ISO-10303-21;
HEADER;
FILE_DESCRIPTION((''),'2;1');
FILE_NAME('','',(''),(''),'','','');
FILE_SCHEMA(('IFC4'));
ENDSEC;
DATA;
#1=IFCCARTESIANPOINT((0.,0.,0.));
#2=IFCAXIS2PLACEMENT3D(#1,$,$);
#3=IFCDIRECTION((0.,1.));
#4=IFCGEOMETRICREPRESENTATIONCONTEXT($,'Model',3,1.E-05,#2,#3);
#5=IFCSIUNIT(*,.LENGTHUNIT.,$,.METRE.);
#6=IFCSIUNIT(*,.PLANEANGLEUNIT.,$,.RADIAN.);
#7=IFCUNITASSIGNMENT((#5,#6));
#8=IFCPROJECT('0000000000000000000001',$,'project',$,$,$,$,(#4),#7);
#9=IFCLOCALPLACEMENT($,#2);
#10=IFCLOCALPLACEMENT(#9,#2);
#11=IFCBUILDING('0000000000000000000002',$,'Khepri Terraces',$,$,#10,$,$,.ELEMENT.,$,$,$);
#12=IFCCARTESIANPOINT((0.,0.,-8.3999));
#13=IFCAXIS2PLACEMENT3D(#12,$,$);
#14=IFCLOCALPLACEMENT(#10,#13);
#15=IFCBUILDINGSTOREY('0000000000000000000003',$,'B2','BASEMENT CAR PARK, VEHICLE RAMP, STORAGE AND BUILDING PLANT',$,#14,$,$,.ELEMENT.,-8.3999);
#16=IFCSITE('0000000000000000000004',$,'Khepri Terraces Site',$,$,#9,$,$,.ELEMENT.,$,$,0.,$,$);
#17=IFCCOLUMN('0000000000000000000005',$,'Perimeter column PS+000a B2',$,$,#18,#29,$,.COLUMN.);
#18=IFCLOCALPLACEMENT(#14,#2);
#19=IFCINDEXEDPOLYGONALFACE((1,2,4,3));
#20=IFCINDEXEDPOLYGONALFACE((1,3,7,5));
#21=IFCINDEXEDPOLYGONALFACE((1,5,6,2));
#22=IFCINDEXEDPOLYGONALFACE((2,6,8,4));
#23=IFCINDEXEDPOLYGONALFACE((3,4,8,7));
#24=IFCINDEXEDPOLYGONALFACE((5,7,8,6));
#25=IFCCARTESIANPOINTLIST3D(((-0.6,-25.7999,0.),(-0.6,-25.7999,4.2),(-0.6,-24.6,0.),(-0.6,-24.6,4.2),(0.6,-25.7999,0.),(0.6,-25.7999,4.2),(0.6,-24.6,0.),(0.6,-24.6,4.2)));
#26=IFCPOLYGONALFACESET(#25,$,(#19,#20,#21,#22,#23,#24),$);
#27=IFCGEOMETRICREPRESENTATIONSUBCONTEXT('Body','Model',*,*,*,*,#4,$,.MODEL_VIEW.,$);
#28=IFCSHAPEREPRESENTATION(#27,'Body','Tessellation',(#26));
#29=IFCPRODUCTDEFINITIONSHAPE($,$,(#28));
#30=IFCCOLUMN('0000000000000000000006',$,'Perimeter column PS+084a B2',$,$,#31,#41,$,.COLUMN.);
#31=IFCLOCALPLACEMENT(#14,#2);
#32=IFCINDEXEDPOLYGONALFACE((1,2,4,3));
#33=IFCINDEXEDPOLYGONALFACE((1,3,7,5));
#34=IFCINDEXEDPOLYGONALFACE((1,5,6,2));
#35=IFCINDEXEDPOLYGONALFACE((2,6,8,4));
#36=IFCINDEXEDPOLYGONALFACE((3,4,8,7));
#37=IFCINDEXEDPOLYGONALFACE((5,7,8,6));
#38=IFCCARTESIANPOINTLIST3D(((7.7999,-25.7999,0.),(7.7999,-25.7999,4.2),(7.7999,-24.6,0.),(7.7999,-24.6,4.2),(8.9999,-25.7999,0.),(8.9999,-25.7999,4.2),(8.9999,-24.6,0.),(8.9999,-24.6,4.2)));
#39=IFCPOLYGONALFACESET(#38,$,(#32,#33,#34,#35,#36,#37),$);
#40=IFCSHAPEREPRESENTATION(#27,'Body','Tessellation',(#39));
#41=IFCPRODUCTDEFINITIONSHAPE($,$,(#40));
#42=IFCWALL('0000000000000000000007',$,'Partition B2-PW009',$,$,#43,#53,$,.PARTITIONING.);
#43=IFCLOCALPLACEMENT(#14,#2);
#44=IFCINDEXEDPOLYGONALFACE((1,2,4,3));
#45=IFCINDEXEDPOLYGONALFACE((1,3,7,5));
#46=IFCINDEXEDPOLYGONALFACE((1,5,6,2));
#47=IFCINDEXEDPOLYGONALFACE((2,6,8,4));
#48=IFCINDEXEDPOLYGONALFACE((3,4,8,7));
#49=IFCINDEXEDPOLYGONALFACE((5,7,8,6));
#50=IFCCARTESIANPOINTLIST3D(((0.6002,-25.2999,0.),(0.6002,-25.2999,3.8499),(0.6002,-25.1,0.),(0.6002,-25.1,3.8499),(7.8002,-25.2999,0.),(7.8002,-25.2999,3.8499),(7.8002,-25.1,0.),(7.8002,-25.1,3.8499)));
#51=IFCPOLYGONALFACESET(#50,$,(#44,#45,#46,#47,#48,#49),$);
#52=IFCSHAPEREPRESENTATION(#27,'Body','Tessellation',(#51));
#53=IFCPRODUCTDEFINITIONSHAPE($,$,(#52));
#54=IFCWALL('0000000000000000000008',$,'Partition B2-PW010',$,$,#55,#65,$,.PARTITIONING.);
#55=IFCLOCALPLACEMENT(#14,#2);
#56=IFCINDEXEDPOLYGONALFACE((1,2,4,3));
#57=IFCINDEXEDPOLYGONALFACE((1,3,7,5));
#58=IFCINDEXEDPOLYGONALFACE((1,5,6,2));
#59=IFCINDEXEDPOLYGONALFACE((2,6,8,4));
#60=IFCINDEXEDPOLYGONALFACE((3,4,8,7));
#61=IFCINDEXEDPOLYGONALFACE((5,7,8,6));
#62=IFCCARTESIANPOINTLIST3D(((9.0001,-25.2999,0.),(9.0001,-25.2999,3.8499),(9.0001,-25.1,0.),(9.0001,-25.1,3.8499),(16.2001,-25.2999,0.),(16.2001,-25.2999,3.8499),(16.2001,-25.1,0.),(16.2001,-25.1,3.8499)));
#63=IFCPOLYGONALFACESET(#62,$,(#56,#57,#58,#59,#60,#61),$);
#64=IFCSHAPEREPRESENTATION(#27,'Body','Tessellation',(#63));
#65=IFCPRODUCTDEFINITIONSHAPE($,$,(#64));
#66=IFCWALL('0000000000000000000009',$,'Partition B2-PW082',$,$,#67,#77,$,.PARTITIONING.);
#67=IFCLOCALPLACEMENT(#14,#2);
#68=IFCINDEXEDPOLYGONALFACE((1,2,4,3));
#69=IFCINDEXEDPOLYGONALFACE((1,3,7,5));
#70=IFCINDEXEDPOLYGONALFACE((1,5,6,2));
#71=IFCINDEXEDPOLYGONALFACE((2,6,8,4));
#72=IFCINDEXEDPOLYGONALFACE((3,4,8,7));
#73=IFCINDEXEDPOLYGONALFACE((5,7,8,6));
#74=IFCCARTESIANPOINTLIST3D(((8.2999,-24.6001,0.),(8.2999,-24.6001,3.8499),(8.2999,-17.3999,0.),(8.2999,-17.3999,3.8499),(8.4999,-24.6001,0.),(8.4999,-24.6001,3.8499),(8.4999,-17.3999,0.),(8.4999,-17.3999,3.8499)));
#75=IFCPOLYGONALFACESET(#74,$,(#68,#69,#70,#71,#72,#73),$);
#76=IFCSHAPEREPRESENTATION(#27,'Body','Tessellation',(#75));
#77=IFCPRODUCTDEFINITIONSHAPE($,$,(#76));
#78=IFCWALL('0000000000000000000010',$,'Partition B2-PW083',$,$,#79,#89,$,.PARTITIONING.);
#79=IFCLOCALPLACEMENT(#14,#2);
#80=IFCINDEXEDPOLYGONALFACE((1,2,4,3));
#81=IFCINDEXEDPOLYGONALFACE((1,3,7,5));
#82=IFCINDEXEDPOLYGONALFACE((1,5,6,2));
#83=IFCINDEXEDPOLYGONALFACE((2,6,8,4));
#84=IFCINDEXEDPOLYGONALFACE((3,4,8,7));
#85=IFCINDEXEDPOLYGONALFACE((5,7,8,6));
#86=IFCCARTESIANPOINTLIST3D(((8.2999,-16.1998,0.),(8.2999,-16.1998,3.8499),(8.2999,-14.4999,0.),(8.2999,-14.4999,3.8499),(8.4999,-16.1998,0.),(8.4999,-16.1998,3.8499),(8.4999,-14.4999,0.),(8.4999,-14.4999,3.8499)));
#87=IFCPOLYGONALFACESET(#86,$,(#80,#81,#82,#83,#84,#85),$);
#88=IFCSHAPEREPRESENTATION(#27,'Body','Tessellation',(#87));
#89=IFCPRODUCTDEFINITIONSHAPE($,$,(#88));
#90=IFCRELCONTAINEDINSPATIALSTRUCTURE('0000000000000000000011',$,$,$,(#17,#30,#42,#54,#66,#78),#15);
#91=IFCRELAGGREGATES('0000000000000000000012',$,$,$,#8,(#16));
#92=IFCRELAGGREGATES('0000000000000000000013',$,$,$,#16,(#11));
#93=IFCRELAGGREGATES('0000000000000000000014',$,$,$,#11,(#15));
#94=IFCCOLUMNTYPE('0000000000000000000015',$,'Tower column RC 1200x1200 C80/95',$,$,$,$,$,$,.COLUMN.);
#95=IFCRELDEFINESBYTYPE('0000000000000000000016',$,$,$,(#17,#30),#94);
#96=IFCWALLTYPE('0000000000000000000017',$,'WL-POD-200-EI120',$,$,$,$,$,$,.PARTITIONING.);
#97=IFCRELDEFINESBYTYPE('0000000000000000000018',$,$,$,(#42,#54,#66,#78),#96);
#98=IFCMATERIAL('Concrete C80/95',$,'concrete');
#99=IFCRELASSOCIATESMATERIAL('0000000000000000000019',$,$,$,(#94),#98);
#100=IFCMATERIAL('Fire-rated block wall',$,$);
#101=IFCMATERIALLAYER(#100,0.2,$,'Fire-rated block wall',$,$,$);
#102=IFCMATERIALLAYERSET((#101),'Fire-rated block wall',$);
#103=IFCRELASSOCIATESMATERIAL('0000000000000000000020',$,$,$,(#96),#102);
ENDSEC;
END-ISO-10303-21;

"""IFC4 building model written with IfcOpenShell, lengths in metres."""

from ifc_helpers import new_model, si_unit, direction, frame, frame_2d, origin, origin_2d, place, context, subcontext, project, spatial, rectangle, extrude, material, layer, layer_set, material_profile, profile_set, type_object, element, save


model = new_model("IFC4")

# Units and contexts
model_context = context("Model", 3, precision=1e-05, world=origin(), true_north=direction((0.0, 1.0)))
body_context = subcontext(model_context, "Body", "Model", "MODEL_VIEW")
ifc_project = project(units=[si_unit("LENGTHUNIT", "METRE"), si_unit("PLANEANGLEUNIT", "RADIAN")], contexts=[model_context])

# Site, building, storey
site_placement = place(None, origin())
site = spatial("IfcSite", under=ifc_project, at=site_placement, Name="Khepri Terraces Site", CompositionType="ELEMENT", RefElevation=0.0)
building_placement = place(site_placement, origin())
building = spatial("IfcBuilding", under=site, at=building_placement, Name="Khepri Terraces", CompositionType="ELEMENT")
storey_placement = place(building_placement, frame((0.0, 0.0, -8.3999)))
storey = spatial("IfcBuildingStorey", under=building, at=storey_placement, Name="B2", Description="BASEMENT CAR PARK, VEHICLE RAMP, STORAGE AND BUILDING PLANT", CompositionType="ELEMENT", Elevation=-8.3999)

# Columns
ifc_material_1 = material(Name="Concrete C80/95", Category="concrete")
ifc_material_profile_1 = material_profile(ifc_material_1, rectangle(XDim=1.2, YDim=1.2, at=origin_2d()), Name="Concrete C80/95", Category="concrete")
ifc_profile_set_1 = profile_set([ifc_material_profile_1], Name="Concrete C80/95")
column_type_1 = type_object("IfcColumnType", Name="Tower column RC 1200x1200 C80/95", PredefinedType="COLUMN", material=ifc_profile_set_1)
for number, where, z_axis, x_axis, name in (
    (1, (0.0, -25.2, 0.0), (0.0, 0.0, 1.0), (1.0, 0.0, 0.0), "Perimeter column PS+000a B2"),
    (2, (8.3999, -25.2, 0.0), (0.0, 0.0, 1.0), (1.0, 0.0, 0.0), "Perimeter column PS+084a B2"),
):
    element("IfcColumn", number, at=place(storey_placement, frame(where, z_axis=z_axis, x_axis=x_axis)), inside=storey, type_object=column_type_1, Name=name, PredefinedType="COLUMN", context=body_context, shape_type="SweptSolid", body=[
        extrude(rectangle(XDim=1.2, YDim=1.2, at=origin_2d()), origin(), (0.0, 0.0, 1.0), 4.2),
    ])

# Walls
ifc_material_2 = material(Name="Fire-rated block wall")
ifc_layer = layer(ifc_material_2, 0.2, Name="Fire-rated block wall")
ifc_layer_set = layer_set([ifc_layer], Name="Fire-rated block wall")
wall_type = type_object("IfcWallType", Name="WL-POD-200-EI120", PredefinedType="PARTITIONING", material=ifc_layer_set)
for number, where, z_axis, x_axis, name in (
    (3, (0.6001, -25.2, 0.0), (0.0, 0.0, 1.0), (1.0, 0.0, 0.0), "Partition B2-PW009"),
    (4, (9.0, -25.2, 0.0), (0.0, 0.0, 1.0), (1.0, 0.0, 0.0), "Partition B2-PW010"),
):
    element("IfcWall", number, at=place(storey_placement, frame(where, z_axis=z_axis, x_axis=x_axis)), inside=storey, type_object=wall_type, Name=name, PredefinedType="PARTITIONING", context=body_context, shape_type="SweptSolid", body=[
        extrude(rectangle(XDim=7.2, YDim=0.2, at=frame_2d((3.6001, 0.0))), origin(), (0.0, 0.0, 1.0), 3.8499),
    ])
wall_1_placement = place(storey_placement, frame((8.3999, -24.6001, 0.0), z_axis=(0.0, 0.0, 1.0), x_axis=(0.0, 1.0, 0.0)))
element("IfcWall", 5, at=wall_1_placement, inside=storey, type_object=wall_type, Name="Partition B2-PW082", PredefinedType="PARTITIONING", context=body_context, shape_type="SweptSolid", body=[
    extrude(rectangle(XDim=7.2002, YDim=0.2, at=frame_2d((3.6001, 0.0))), origin(), (0.0, 0.0, 1.0), 3.8499),
])
wall_2_placement = place(storey_placement, frame((8.3999, -16.2, 0.0), z_axis=(0.0, 0.0, 1.0), x_axis=(0.0, 1.0, 0.0)))
element("IfcWall", 6, at=wall_2_placement, inside=storey, type_object=wall_type, Name="Partition B2-PW083", PredefinedType="PARTITIONING", context=body_context, shape_type="SweptSolid", body=[
    extrude(rectangle(XDim=1.7, YDim=0.2, at=frame_2d((0.8501, 0.0))), origin(), (0.0, 0.0, 1.0), 3.8499),
])

save(model, "model.ifc")
